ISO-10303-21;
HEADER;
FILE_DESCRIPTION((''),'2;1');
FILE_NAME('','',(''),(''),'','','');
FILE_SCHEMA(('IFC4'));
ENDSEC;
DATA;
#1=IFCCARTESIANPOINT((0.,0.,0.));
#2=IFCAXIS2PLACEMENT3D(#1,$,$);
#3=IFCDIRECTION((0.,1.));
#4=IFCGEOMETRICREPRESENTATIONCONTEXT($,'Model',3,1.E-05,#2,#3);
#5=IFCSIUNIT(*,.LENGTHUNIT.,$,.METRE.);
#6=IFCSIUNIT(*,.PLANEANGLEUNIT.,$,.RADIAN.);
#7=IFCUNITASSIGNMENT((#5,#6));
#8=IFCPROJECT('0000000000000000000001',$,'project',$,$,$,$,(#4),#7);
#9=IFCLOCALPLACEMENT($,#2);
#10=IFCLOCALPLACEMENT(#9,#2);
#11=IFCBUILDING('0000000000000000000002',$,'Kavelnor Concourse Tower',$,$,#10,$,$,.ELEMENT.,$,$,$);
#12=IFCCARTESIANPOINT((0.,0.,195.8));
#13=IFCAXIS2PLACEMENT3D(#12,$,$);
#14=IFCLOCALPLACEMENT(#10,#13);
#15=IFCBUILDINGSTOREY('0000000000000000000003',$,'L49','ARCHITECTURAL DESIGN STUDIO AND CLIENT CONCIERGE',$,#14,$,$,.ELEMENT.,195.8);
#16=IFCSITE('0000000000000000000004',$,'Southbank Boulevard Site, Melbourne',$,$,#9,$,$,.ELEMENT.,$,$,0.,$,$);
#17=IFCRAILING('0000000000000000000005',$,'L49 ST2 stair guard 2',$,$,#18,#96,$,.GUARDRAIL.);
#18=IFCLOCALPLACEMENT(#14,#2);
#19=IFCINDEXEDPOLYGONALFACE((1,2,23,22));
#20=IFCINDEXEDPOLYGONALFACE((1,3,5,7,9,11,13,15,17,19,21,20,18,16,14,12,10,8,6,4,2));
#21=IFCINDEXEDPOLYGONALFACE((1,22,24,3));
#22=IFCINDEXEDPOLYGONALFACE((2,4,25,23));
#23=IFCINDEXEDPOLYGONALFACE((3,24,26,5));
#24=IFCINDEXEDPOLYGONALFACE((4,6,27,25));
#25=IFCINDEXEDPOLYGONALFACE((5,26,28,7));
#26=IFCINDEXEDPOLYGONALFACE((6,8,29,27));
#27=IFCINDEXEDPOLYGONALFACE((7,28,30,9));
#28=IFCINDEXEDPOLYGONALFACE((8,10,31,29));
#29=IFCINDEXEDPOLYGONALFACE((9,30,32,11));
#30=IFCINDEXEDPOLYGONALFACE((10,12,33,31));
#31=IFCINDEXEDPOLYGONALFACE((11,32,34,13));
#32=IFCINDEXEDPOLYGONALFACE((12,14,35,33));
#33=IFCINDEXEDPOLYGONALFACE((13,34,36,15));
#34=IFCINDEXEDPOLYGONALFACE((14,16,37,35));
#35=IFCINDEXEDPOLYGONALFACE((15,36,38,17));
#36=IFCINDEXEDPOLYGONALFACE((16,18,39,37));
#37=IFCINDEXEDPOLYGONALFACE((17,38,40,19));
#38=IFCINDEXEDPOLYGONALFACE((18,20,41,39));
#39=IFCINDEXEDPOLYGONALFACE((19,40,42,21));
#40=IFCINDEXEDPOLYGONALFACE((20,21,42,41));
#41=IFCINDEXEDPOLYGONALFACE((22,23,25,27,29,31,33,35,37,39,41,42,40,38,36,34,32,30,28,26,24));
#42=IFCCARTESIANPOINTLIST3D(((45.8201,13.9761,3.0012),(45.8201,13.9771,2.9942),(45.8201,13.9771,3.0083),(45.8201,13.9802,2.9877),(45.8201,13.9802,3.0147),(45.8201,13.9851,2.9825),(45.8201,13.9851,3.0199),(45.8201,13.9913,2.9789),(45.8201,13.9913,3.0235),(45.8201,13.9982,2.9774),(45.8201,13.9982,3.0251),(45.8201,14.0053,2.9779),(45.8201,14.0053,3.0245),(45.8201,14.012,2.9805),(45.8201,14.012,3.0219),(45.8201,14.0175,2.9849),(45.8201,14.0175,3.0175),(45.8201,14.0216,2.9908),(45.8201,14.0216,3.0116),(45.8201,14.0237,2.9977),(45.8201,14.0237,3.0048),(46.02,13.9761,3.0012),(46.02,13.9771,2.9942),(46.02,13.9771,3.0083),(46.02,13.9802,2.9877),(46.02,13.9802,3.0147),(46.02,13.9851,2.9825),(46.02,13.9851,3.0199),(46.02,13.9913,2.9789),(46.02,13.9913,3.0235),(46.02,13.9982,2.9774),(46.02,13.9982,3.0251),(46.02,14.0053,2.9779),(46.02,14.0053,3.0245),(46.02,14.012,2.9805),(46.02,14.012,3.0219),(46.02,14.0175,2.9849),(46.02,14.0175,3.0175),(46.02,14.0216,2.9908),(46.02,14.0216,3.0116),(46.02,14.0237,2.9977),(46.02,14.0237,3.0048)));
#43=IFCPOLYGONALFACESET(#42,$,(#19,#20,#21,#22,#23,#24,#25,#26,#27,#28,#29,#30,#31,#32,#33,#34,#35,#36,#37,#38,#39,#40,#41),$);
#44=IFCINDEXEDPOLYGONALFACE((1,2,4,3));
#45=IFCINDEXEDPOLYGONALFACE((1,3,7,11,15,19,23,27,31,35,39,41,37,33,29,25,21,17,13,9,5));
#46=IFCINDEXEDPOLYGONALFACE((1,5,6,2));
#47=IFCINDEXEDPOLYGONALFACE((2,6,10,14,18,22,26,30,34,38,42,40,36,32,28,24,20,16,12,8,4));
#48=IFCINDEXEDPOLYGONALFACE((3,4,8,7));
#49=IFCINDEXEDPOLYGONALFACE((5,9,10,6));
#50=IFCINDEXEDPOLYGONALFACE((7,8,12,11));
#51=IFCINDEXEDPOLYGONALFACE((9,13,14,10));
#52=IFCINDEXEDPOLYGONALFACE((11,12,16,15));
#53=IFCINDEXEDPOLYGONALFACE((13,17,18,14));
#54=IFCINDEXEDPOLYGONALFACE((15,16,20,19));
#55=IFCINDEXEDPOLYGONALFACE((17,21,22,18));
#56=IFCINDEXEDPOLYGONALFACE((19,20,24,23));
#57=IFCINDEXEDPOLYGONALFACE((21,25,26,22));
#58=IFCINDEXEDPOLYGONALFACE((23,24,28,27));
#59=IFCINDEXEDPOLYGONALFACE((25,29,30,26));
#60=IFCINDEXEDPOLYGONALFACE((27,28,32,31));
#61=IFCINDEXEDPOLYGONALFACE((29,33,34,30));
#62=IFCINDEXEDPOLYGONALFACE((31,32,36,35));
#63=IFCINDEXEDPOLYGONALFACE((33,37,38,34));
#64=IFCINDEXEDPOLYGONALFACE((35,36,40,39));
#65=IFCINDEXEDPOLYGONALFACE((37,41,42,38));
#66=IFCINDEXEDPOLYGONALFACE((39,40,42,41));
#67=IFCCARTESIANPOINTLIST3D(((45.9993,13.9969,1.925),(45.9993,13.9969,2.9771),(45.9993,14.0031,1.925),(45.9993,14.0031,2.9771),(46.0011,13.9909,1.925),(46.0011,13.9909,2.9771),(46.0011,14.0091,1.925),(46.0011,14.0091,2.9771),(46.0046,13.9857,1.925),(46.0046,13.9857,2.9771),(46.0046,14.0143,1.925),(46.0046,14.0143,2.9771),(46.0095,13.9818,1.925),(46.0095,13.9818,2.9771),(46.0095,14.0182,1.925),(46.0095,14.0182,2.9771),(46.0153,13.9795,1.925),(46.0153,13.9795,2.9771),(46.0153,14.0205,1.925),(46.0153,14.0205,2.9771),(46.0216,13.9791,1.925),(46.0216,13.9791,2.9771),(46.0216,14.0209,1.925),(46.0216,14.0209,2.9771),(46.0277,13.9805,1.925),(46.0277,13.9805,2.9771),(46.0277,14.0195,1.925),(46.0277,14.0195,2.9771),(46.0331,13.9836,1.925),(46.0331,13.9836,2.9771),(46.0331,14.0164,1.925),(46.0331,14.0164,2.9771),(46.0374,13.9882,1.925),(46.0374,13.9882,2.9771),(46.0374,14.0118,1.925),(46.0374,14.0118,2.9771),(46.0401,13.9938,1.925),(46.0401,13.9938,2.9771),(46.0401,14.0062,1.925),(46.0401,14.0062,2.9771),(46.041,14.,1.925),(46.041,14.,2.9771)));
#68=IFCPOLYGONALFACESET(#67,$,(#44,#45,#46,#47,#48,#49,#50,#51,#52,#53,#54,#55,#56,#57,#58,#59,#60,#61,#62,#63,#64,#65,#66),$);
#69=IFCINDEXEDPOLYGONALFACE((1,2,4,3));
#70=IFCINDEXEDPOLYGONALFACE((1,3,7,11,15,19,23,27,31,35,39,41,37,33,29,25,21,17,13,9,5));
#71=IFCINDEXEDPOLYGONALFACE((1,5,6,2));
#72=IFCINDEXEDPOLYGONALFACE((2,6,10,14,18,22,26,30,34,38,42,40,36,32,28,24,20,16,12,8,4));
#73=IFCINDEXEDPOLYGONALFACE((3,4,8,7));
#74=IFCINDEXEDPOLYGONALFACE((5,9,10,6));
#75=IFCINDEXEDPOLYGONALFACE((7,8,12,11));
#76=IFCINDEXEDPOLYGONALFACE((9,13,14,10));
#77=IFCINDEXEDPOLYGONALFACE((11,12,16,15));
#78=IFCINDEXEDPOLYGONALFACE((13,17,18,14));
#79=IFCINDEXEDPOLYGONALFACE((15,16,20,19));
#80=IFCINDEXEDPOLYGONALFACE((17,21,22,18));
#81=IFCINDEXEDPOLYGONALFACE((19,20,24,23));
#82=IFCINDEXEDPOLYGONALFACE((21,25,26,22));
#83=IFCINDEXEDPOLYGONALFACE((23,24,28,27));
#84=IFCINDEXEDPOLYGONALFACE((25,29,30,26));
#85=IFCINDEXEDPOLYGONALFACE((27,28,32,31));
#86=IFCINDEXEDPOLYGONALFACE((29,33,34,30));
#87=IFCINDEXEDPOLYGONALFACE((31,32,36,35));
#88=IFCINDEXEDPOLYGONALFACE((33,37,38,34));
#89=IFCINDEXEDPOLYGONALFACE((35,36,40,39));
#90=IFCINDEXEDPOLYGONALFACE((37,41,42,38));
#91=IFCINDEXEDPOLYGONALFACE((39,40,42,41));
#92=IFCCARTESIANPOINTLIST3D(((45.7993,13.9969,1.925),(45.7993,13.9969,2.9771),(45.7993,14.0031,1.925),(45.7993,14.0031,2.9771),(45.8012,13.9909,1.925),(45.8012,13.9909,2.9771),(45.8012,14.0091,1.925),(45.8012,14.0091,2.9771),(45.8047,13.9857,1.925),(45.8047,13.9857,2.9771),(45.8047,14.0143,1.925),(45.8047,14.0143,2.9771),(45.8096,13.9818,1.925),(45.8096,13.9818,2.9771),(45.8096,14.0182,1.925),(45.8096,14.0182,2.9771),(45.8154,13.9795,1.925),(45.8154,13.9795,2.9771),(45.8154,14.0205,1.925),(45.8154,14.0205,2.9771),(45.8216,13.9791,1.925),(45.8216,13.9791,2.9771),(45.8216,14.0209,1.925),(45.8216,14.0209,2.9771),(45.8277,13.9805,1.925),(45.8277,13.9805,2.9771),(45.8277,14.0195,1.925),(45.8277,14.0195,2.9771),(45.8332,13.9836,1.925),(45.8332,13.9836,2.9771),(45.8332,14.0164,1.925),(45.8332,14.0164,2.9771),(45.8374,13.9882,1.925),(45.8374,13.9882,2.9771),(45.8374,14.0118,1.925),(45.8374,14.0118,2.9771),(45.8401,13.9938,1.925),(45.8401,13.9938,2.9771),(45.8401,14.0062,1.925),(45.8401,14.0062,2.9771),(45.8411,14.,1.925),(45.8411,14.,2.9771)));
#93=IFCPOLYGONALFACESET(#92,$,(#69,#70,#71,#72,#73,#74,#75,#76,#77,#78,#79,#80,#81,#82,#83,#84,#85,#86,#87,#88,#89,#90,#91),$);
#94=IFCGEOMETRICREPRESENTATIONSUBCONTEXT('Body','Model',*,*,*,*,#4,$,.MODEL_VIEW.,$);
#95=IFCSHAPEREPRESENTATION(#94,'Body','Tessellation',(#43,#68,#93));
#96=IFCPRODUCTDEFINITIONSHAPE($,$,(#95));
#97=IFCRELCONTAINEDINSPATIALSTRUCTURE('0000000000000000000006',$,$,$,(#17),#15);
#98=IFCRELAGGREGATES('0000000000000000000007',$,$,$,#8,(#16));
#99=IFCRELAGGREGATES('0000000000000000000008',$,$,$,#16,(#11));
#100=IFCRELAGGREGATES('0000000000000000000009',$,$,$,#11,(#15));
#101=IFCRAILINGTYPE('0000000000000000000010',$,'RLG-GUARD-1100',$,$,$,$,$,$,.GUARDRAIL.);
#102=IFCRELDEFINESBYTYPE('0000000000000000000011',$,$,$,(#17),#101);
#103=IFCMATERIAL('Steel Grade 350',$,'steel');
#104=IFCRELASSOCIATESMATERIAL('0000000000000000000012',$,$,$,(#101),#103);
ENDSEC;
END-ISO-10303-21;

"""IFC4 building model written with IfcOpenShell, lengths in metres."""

from ifc_helpers import new_model, si_unit, direction, frame, origin, origin_2d, place, context, subcontext, project, spatial, circle, extrude, material, type_object, element, save


model = new_model("IFC4")

# Units and contexts
model_context = context("Model", 3, precision=1e-05, world=origin(), true_north=direction((0.0, 1.0)))
body_context = subcontext(model_context, "Body", "Model", "MODEL_VIEW")
ifc_project = project(units=[si_unit("LENGTHUNIT", "METRE"), si_unit("PLANEANGLEUNIT", "RADIAN")], contexts=[model_context])

# Site, building, storey
site_placement = place(None, origin())
site = spatial("IfcSite", under=ifc_project, at=site_placement, Name="Southbank Boulevard Site, Melbourne", CompositionType="ELEMENT", RefElevation=0.0)
building_placement = place(site_placement, origin())
building = spatial("IfcBuilding", under=site, at=building_placement, Name="Kavelnor Concourse Tower", CompositionType="ELEMENT")
storey_placement = place(building_placement, frame((0.0, 0.0, 195.8)))
storey = spatial("IfcBuildingStorey", under=building, at=storey_placement, Name="L49", Description="ARCHITECTURAL DESIGN STUDIO AND CLIENT CONCIERGE", CompositionType="ELEMENT", Elevation=195.8)

# Shared definitions
ifc_material_1 = material(Name="Steel Grade 350", Category="steel")

# Railing
railing_type_1 = type_object("IfcRailingType", Name="RLG-GUARD-1100", PredefinedType="GUARDRAIL", material=ifc_material_1)
railing_1_placement = place(storey_placement, frame((46.02, 14.0, 1.925)))
element("IfcRailing", 1, at=railing_1_placement, inside=storey, type_object=railing_type_1, Name="L49 ST2 stair guard 2", PredefinedType="GUARDRAIL", context=body_context, shape_type="SweptSolid", body=[
    extrude(circle(Radius=0.0239, at=origin_2d()), frame((0.0, 0.0, 1.0762), z_axis=(-1.0, 0.0, 0.0), x_axis=(0.0, -1.0, 0.0)), (0.0, 0.0, 1.0), 0.2),
    extrude(circle(Radius=0.021, at=origin_2d()), origin(), (0.0, 0.0, 1.0), 1.052),
    extrude(circle(Radius=0.021, at=origin_2d()), frame((-0.2, 0.0, 0.0)), (0.0, 0.0, 1.0), 1.052),
])

save(model, "model.ifc")
